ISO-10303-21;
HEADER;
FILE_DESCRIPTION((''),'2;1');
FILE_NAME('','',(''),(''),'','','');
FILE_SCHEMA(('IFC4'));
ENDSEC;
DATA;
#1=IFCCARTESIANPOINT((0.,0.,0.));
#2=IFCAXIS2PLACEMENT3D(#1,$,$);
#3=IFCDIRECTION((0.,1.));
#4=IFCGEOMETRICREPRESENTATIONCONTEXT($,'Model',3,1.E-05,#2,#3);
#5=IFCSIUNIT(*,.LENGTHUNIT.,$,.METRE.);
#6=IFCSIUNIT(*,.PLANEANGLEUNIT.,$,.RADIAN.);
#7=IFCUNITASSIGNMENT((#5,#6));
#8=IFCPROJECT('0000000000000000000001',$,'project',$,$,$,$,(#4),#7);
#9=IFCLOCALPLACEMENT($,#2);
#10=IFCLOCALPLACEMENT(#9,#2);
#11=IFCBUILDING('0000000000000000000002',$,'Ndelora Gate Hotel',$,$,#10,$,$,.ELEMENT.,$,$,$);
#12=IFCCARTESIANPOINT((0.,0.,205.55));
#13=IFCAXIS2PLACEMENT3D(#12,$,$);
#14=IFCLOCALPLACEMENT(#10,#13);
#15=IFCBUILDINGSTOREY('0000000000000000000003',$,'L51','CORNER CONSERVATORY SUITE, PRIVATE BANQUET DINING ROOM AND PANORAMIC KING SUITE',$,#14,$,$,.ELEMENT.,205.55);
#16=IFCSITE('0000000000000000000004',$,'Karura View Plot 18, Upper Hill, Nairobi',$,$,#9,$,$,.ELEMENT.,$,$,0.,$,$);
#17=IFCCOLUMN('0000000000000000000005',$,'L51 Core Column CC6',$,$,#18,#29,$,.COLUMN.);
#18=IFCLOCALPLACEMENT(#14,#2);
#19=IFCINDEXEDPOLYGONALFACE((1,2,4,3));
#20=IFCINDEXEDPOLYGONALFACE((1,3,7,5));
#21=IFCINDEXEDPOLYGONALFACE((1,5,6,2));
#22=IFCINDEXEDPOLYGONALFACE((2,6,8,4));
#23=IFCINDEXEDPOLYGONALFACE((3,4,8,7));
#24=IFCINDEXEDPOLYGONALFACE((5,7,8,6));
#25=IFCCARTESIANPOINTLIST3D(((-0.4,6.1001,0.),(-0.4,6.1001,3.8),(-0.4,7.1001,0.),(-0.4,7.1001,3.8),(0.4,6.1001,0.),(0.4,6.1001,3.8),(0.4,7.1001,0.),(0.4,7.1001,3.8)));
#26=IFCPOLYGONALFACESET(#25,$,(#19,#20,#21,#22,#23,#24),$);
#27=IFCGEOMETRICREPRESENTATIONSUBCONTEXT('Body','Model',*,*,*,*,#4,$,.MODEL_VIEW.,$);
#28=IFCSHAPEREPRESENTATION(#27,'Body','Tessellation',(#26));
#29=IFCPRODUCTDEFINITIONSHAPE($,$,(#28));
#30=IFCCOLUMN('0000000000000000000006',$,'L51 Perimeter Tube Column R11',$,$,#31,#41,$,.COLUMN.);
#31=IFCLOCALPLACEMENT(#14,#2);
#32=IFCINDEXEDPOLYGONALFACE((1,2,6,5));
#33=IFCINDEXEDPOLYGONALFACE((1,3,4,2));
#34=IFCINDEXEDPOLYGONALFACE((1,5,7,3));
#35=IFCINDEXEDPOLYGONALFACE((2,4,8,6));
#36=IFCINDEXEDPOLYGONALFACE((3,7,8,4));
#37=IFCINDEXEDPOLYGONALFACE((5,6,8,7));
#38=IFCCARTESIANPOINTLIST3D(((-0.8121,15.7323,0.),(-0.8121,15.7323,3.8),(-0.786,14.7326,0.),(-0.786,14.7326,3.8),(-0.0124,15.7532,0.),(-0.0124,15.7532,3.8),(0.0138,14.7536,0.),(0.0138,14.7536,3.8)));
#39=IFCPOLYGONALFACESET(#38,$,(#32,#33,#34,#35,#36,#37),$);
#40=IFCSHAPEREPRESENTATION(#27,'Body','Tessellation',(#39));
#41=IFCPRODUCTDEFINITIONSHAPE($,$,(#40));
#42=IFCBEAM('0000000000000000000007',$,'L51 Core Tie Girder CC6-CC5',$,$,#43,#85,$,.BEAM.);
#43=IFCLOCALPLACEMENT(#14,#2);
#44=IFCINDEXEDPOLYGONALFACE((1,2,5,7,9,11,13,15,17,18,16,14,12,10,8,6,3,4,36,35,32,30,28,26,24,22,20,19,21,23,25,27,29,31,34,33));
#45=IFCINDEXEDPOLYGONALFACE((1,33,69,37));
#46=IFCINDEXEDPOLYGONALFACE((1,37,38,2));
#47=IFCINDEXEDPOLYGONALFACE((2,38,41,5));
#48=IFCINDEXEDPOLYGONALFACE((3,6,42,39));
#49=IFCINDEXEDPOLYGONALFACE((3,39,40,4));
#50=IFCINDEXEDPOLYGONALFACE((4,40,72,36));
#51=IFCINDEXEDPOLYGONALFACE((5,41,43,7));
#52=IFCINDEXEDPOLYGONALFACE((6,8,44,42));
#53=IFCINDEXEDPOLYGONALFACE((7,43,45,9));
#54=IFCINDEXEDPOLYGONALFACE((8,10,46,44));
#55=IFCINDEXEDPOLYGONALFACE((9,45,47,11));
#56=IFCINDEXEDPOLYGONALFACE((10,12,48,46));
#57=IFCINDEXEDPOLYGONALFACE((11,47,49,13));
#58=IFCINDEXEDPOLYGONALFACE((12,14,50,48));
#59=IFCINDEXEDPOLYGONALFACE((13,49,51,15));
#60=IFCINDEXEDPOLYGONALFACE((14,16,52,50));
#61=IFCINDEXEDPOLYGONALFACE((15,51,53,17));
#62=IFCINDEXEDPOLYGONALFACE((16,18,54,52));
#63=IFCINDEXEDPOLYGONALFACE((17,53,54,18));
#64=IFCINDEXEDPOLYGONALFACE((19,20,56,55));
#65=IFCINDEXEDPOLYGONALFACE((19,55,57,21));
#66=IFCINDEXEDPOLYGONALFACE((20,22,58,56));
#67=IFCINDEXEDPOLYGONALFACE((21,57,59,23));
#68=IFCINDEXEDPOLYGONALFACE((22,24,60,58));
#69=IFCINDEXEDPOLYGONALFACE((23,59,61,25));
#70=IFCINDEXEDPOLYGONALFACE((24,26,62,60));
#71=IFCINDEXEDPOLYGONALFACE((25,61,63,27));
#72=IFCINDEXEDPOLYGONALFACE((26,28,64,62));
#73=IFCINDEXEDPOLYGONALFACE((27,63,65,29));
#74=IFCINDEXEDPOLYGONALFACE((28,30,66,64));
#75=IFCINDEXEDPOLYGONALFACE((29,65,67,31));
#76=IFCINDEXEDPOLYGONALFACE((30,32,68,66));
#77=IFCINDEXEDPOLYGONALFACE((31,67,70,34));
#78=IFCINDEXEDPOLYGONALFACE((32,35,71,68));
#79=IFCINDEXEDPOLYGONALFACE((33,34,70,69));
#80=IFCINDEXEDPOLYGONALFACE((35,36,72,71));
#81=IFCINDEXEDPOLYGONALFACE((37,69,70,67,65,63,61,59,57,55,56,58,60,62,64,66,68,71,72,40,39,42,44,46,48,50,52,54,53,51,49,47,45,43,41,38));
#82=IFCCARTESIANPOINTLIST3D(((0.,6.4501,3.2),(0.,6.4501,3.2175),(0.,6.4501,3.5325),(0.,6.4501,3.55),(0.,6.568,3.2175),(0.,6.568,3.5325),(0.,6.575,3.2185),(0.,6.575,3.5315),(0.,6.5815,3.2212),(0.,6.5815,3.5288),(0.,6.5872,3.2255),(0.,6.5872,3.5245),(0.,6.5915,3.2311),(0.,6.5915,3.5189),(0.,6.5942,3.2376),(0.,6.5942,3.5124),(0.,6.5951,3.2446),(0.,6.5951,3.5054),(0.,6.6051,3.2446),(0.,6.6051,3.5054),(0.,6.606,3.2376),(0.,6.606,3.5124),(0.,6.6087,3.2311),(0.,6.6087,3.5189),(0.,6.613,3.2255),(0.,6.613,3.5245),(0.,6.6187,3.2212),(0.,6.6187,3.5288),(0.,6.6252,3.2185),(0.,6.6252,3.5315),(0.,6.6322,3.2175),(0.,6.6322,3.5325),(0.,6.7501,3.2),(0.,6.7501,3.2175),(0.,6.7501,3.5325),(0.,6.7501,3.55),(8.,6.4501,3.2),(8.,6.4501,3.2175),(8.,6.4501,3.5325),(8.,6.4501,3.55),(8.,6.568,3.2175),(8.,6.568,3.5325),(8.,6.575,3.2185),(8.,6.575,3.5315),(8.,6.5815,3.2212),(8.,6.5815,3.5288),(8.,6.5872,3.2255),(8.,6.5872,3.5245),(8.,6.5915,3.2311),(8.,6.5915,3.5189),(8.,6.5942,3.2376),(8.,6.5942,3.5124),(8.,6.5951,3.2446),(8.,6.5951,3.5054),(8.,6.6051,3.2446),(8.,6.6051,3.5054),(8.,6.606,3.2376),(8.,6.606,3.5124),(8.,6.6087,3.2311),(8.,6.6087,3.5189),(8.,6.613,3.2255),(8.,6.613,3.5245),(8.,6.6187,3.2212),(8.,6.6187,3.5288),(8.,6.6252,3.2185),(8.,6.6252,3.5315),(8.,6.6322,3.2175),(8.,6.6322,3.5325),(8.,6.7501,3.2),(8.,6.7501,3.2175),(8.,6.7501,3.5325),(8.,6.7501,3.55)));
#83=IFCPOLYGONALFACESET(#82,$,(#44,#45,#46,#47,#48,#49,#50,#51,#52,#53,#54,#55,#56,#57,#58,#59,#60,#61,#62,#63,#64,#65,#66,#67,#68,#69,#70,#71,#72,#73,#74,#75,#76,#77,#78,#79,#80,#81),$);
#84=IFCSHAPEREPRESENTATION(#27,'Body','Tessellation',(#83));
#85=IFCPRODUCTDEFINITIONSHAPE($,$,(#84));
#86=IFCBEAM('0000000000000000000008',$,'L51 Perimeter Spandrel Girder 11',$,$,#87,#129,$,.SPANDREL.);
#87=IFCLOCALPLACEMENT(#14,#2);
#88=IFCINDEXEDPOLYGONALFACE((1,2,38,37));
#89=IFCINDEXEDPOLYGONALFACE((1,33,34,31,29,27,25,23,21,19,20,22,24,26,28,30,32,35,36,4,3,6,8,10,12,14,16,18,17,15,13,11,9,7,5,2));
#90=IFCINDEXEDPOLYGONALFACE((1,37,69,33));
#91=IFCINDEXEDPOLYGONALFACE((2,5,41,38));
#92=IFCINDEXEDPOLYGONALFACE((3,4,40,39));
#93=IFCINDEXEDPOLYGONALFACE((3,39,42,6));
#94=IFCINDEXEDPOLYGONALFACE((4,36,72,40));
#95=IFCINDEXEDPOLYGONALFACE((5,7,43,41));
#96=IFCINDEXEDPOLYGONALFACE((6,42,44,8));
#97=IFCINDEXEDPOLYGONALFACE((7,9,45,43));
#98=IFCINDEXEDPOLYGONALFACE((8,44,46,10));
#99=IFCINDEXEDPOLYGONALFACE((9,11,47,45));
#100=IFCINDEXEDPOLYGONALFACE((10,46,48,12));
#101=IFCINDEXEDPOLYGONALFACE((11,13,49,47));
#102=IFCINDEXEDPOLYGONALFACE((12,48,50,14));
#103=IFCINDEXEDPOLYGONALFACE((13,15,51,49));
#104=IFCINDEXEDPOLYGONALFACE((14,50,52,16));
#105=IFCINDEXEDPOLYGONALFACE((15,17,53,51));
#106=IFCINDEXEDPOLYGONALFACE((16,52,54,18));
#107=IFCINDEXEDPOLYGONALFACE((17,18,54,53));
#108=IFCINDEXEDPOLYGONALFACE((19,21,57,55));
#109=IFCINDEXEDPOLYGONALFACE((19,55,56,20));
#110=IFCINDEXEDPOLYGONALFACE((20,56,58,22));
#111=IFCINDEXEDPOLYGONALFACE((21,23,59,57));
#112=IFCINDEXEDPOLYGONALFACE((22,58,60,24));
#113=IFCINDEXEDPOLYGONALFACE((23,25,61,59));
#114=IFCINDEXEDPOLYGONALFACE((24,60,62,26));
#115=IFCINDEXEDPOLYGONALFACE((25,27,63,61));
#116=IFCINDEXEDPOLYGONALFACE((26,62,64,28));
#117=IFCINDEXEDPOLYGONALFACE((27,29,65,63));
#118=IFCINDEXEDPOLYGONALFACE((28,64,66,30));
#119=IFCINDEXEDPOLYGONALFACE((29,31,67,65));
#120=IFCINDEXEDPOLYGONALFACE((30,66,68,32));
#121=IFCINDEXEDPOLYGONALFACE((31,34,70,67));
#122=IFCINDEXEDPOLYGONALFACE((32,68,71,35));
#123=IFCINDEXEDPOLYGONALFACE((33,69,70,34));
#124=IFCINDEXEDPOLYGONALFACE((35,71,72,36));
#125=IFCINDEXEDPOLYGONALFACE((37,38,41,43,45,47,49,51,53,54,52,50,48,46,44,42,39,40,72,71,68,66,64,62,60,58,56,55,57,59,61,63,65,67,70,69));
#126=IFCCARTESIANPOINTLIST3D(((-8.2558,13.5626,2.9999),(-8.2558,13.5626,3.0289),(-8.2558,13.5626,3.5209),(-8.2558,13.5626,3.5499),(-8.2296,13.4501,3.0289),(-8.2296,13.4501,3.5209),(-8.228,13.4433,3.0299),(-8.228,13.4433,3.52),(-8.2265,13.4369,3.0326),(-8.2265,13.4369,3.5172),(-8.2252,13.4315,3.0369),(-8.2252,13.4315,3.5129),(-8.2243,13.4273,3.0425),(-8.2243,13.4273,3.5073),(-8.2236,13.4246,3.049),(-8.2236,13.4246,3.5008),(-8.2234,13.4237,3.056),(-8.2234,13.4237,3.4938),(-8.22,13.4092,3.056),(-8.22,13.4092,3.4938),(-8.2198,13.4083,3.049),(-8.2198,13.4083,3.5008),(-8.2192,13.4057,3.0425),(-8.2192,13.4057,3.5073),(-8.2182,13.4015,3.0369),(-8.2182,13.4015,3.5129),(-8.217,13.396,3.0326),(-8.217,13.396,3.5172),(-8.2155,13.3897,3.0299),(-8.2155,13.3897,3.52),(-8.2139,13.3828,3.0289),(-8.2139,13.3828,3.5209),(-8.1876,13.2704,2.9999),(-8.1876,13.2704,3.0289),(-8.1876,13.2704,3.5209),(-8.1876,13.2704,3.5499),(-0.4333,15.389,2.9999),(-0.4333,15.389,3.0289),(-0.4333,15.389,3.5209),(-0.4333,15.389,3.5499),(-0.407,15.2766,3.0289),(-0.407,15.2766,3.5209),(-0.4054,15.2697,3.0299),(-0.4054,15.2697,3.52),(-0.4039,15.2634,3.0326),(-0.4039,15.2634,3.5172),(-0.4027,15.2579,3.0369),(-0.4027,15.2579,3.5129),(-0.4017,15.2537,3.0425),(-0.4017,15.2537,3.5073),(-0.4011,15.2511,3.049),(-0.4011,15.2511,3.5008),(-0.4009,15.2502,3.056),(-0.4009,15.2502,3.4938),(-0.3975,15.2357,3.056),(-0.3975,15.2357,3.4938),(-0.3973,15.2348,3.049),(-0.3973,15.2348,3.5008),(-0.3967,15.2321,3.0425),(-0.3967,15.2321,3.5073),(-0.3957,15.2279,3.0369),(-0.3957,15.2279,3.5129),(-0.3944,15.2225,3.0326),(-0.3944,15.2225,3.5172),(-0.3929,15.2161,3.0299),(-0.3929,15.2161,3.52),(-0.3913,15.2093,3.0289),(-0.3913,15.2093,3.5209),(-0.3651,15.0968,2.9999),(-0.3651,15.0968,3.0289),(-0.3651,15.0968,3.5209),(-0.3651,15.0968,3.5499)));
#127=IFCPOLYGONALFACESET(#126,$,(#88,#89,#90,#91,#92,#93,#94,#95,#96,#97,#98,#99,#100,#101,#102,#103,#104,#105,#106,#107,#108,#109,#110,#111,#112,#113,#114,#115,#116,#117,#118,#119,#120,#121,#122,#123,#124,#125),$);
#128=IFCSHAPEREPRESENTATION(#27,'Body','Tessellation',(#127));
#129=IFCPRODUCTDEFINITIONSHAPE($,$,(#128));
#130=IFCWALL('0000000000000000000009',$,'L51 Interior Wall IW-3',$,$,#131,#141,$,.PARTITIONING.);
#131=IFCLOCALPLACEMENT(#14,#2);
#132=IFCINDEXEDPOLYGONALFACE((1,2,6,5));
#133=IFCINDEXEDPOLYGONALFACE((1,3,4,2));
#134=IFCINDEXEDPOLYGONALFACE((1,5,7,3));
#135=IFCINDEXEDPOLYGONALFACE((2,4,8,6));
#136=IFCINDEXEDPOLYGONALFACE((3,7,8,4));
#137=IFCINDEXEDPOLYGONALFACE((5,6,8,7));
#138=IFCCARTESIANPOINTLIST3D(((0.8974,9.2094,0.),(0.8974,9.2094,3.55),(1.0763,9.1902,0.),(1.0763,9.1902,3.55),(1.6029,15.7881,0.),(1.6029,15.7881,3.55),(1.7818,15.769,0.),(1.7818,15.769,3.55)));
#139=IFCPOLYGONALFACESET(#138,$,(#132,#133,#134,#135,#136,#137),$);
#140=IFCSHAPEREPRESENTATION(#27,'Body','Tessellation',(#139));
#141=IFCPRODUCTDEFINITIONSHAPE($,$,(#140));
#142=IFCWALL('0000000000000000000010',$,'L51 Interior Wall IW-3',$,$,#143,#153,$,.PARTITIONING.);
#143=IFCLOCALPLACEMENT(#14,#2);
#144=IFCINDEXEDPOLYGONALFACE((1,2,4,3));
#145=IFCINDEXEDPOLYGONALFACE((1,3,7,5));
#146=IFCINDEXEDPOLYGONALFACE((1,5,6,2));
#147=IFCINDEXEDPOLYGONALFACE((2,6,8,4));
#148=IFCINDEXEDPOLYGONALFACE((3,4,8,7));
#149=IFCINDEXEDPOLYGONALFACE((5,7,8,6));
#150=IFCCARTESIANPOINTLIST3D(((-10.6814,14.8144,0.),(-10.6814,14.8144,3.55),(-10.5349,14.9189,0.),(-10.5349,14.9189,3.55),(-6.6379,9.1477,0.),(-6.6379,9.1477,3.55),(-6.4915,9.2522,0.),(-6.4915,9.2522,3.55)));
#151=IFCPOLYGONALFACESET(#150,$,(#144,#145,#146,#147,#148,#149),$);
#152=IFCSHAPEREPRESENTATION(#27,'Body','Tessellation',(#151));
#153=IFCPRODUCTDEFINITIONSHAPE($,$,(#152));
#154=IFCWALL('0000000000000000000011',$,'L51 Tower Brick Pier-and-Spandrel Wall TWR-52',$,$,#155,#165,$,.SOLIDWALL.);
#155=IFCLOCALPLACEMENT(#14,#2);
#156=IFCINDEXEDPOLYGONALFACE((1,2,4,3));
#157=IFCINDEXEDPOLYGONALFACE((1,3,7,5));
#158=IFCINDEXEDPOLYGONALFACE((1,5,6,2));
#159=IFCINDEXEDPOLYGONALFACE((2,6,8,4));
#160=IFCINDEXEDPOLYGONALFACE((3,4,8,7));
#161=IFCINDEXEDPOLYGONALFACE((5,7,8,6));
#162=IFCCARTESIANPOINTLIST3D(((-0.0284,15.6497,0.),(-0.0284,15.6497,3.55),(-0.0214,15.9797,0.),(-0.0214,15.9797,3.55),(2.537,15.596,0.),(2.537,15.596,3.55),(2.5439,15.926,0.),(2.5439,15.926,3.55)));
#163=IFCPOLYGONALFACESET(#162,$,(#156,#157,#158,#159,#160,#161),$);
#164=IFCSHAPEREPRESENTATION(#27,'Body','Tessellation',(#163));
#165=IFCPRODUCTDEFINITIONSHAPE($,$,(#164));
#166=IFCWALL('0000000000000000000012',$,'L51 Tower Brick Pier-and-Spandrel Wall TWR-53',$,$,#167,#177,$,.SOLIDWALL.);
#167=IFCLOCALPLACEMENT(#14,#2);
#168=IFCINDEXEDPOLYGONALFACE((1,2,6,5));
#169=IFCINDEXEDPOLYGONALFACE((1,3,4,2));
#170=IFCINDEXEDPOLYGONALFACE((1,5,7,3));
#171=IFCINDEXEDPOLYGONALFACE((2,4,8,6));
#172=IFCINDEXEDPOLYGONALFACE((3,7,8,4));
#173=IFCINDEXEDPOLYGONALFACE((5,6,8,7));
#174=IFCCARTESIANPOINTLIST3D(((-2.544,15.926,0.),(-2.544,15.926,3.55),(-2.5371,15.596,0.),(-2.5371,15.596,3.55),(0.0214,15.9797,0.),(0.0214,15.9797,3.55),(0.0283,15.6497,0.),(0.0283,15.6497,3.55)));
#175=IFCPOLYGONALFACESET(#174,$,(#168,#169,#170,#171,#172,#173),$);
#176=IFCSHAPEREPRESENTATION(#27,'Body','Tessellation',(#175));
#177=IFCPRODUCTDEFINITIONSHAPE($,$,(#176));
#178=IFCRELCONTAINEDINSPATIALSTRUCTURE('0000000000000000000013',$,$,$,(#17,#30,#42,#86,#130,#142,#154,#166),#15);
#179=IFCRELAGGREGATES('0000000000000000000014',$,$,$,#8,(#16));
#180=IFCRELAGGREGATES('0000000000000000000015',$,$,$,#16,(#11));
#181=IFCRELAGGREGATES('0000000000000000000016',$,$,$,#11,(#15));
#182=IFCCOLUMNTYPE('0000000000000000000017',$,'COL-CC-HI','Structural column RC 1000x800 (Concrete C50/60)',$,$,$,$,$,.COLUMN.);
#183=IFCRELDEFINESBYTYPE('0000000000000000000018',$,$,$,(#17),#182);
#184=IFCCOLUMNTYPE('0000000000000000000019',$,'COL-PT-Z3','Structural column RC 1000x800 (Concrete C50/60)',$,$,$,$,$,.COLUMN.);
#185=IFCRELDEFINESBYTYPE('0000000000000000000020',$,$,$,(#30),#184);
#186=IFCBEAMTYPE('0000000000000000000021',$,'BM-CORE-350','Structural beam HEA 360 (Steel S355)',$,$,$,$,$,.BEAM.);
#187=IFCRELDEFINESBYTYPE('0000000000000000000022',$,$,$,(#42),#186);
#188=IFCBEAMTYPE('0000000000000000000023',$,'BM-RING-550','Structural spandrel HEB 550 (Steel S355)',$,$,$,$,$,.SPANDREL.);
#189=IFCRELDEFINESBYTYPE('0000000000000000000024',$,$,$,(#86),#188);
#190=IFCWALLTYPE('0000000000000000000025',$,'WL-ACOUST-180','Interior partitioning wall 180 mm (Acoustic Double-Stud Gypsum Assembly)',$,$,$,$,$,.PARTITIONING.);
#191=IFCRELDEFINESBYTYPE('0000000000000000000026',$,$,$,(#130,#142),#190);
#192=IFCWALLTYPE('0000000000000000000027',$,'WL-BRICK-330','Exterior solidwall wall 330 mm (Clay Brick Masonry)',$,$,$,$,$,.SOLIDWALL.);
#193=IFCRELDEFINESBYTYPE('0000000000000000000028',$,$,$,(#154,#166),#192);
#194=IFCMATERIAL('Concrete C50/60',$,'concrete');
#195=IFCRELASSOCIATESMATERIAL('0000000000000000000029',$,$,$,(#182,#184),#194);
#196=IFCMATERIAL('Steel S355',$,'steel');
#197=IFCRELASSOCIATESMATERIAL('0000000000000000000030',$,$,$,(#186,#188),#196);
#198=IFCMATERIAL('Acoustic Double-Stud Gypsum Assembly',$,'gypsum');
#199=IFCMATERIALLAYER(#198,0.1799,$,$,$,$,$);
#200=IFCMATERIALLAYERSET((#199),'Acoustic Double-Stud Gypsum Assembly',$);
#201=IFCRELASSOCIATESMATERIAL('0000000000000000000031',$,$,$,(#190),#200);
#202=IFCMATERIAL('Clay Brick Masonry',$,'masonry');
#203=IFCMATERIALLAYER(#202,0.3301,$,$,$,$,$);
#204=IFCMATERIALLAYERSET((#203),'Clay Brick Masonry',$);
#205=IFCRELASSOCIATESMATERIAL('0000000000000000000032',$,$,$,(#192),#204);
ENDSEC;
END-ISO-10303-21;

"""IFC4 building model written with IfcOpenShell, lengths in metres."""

from ifc_helpers import new_model, si_unit, direction, frame, frame_2d, origin, origin_2d, place, context, subcontext, project, spatial, rectangle, i_section, extrude, material, layer, layer_set, material_profile, profile_set, type_object, element, save


model = new_model("IFC4")

# Units and contexts
model_context = context("Model", 3, precision=1e-05, world=origin(), true_north=direction((0.0, 1.0)))
body_context = subcontext(model_context, "Body", "Model", "MODEL_VIEW")
ifc_project = project(units=[si_unit("LENGTHUNIT", "METRE"), si_unit("PLANEANGLEUNIT", "RADIAN")], contexts=[model_context])

# Site, building, storey
site_placement = place(None, origin())
site = spatial("IfcSite", under=ifc_project, at=site_placement, Name="Karura View Plot 18, Upper Hill, Nairobi", CompositionType="ELEMENT", RefElevation=0.0)
building_placement = place(site_placement, origin())
building = spatial("IfcBuilding", under=site, at=building_placement, Name="Ndelora Gate Hotel", CompositionType="ELEMENT")
storey_placement = place(building_placement, frame((0.0, 0.0, 205.55)))
storey = spatial("IfcBuildingStorey", under=building, at=storey_placement, Name="L51", Description="CORNER CONSERVATORY SUITE, PRIVATE BANQUET DINING ROOM AND PANORAMIC KING SUITE", CompositionType="ELEMENT", Elevation=205.55)

# Columns
ifc_material_1 = material(Name="Concrete C50/60", Category="concrete")
ifc_material_profile_1 = material_profile(ifc_material_1, rectangle(XDim=0.8, YDim=1.0, at=origin_2d()), Name="RC 1000x800")
ifc_profile_set_1 = profile_set([ifc_material_profile_1], Name="Concrete C50/60")
column_type_1 = type_object("IfcColumnType", Name="COL-CC-HI", Description="Structural column RC 1000x800 (Concrete C50/60)", PredefinedType="COLUMN", material=ifc_profile_set_1)
column_1_placement = place(storey_placement, frame((0.0, 6.6001, 0.0), z_axis=(0.0, 0.0, 1.0), x_axis=(1.0, 0.0, 0.0)))
element("IfcColumn", 1, at=column_1_placement, inside=storey, type_object=column_type_1, Name="L51 Core Column CC6", PredefinedType="COLUMN", context=body_context, shape_type="SweptSolid", body=[
    extrude(rectangle(XDim=0.8, YDim=1.0, at=origin_2d()), origin(), (0.0, 0.0, 1.0), 3.8),
])
ifc_material_profile_2 = material_profile(ifc_material_1, rectangle(XDim=0.8, YDim=1.0, at=origin_2d()), Name="RC 1000x800")
ifc_profile_set_2 = profile_set([ifc_material_profile_2], Name="Concrete C50/60")
column_type_2 = type_object("IfcColumnType", Name="COL-PT-Z3", Description="Structural column RC 1000x800 (Concrete C50/60)", PredefinedType="COLUMN", material=ifc_profile_set_2)
column_2_placement = place(storey_placement, frame((-0.3992, 15.2429, 0.0), z_axis=(0.0, 0.0, 1.0), x_axis=(0.999657, 0.026177, 0.0)))
element("IfcColumn", 2, at=column_2_placement, inside=storey, type_object=column_type_2, Name="L51 Perimeter Tube Column R11", PredefinedType="COLUMN", context=body_context, shape_type="SweptSolid", body=[
    extrude(rectangle(XDim=0.8, YDim=1.0, at=origin_2d()), origin(), (0.0, 0.0, 1.0), 3.8),
])

# Beams
ifc_material_2 = material(Name="Steel S355", Category="steel")
ifc_material_profile_3 = material_profile(ifc_material_2, i_section(OverallWidth=0.3, OverallDepth=0.3501, WebThickness=0.01, FlangeThickness=0.0176, FilletRadius=0.0271, at=origin_2d()), Name="HEA 360")
ifc_profile_set_3 = profile_set([ifc_material_profile_3], Name="Steel S355")
beam_type_1 = type_object("IfcBeamType", Name="BM-CORE-350", Description="Structural beam HEA 360 (Steel S355)", PredefinedType="BEAM", material=ifc_profile_set_3)
beam_1_placement = place(storey_placement, frame((0.0, 6.6001, 3.375), z_axis=(1.0, 0.0, 0.0), x_axis=(0.0, 1.0, 0.0)))
element("IfcBeam", 3, at=beam_1_placement, inside=storey, type_object=beam_type_1, Name="L51 Core Tie Girder CC6-CC5", PredefinedType="BEAM", context=body_context, shape_type="SweptSolid", body=[
    extrude(i_section(OverallWidth=0.3, OverallDepth=0.3501, WebThickness=0.01, FlangeThickness=0.0176, FilletRadius=0.0271, at=origin_2d()), origin(), (0.0, 0.0, 1.0), 8.0),
])
ifc_material_profile_4 = material_profile(ifc_material_2, i_section(OverallWidth=0.3, OverallDepth=0.55, WebThickness=0.0149, FlangeThickness=0.0291, FilletRadius=0.0271, at=origin_2d()), Name="HEB 550")
ifc_profile_set_4 = profile_set([ifc_material_profile_4], Name="Steel S355")
beam_type_2 = type_object("IfcBeamType", Name="BM-RING-550", Description="Structural spandrel HEB 550 (Steel S355)", PredefinedType="SPANDREL", material=ifc_profile_set_4)
beam_2_placement = place(storey_placement, frame((-0.3992, 15.2429, 3.2749), z_axis=(-0.973809, -0.227367, 0.0), x_axis=(0.227367, -0.973809, 0.0)))
element("IfcBeam", 4, at=beam_2_placement, inside=storey, type_object=beam_type_2, Name="L51 Perimeter Spandrel Girder 11", PredefinedType="SPANDREL", context=body_context, shape_type="SweptSolid", body=[
    extrude(i_section(OverallWidth=0.3, OverallDepth=0.55, WebThickness=0.0149, FlangeThickness=0.0291, FilletRadius=0.0271, at=origin_2d()), origin(), (0.0, 0.0, 1.0), 8.033),
])

# Walls
ifc_material_3 = material(Name="Acoustic Double-Stud Gypsum Assembly", Category="gypsum")
ifc_layer_1 = layer(ifc_material_3, 0.1799)
ifc_layer_set_1 = layer_set([ifc_layer_1], Name="Acoustic Double-Stud Gypsum Assembly")
wall_type_1 = type_object("IfcWallType", Name="WL-ACOUST-180", Description="Interior partitioning wall 180 mm (Acoustic Double-Stud Gypsum Assembly)", PredefinedType="PARTITIONING", material=ifc_layer_set_1)
wall_1_placement = place(storey_placement, frame((0.9868, 9.2, 0.0), z_axis=(0.0, 0.0, 1.0), x_axis=(0.10664, 0.994298, 0.0)))
element("IfcWall", 5, at=wall_1_placement, inside=storey, type_object=wall_type_1, Name="L51 Interior Wall IW-3", PredefinedType="PARTITIONING", context=body_context, shape_type="SweptSolid", body=[
    extrude(rectangle(XDim=6.6165, YDim=0.1799, at=frame_2d((3.3081, 0.0))), origin(), (0.0, 0.0, 1.0), 3.55),
])
wall_2_placement = place(storey_placement, frame((-6.5647, 9.2, 0.0), z_axis=(0.0, 0.0, 1.0), x_axis=(-0.580837, 0.81402, 0.0)))
element("IfcWall", 6, at=wall_2_placement, inside=storey, type_object=wall_type_1, Name="L51 Interior Wall IW-3", PredefinedType="PARTITIONING", context=body_context, shape_type="SweptSolid", body=[
    extrude(rectangle(XDim=6.9614, YDim=0.1799, at=frame_2d((3.4807, 0.0))), origin(), (0.0, 0.0, 1.0), 3.55),
])
ifc_material_4 = material(Name="Clay Brick Masonry", Category="masonry")
ifc_layer_2 = layer(ifc_material_4, 0.3301)
ifc_layer_set_2 = layer_set([ifc_layer_2], Name="Clay Brick Masonry")
wall_type_2 = type_object("IfcWallType", Name="WL-BRICK-330", Description="Exterior solidwall wall 330 mm (Clay Brick Masonry)", PredefinedType="SOLIDWALL", material=ifc_layer_set_2)
for number, where, z_axis, x_axis, name in (
    (7, (-0.0249, 15.8147, 0.0), (0.0, 0.0, 1.0), (0.999781, -0.020932, 0.0), "L51 Tower Brick Pier-and-Spandrel Wall TWR-52"),
    (8, (-2.5405, 15.761, 0.0), (0.0, 0.0, 1.0), (0.999781, 0.020932, 0.0), "L51 Tower Brick Pier-and-Spandrel Wall TWR-53"),
):
    element("IfcWall", number, at=place(storey_placement, frame(where, z_axis=z_axis, x_axis=x_axis)), inside=storey, type_object=wall_type_2, Name=name, PredefinedType="SOLIDWALL", context=body_context, shape_type="SweptSolid", body=[
        extrude(rectangle(XDim=2.5659, YDim=0.3301, at=frame_2d((1.283, 0.0))), origin(), (0.0, 0.0, 1.0), 3.55),
    ])

save(model, "model.ifc")
